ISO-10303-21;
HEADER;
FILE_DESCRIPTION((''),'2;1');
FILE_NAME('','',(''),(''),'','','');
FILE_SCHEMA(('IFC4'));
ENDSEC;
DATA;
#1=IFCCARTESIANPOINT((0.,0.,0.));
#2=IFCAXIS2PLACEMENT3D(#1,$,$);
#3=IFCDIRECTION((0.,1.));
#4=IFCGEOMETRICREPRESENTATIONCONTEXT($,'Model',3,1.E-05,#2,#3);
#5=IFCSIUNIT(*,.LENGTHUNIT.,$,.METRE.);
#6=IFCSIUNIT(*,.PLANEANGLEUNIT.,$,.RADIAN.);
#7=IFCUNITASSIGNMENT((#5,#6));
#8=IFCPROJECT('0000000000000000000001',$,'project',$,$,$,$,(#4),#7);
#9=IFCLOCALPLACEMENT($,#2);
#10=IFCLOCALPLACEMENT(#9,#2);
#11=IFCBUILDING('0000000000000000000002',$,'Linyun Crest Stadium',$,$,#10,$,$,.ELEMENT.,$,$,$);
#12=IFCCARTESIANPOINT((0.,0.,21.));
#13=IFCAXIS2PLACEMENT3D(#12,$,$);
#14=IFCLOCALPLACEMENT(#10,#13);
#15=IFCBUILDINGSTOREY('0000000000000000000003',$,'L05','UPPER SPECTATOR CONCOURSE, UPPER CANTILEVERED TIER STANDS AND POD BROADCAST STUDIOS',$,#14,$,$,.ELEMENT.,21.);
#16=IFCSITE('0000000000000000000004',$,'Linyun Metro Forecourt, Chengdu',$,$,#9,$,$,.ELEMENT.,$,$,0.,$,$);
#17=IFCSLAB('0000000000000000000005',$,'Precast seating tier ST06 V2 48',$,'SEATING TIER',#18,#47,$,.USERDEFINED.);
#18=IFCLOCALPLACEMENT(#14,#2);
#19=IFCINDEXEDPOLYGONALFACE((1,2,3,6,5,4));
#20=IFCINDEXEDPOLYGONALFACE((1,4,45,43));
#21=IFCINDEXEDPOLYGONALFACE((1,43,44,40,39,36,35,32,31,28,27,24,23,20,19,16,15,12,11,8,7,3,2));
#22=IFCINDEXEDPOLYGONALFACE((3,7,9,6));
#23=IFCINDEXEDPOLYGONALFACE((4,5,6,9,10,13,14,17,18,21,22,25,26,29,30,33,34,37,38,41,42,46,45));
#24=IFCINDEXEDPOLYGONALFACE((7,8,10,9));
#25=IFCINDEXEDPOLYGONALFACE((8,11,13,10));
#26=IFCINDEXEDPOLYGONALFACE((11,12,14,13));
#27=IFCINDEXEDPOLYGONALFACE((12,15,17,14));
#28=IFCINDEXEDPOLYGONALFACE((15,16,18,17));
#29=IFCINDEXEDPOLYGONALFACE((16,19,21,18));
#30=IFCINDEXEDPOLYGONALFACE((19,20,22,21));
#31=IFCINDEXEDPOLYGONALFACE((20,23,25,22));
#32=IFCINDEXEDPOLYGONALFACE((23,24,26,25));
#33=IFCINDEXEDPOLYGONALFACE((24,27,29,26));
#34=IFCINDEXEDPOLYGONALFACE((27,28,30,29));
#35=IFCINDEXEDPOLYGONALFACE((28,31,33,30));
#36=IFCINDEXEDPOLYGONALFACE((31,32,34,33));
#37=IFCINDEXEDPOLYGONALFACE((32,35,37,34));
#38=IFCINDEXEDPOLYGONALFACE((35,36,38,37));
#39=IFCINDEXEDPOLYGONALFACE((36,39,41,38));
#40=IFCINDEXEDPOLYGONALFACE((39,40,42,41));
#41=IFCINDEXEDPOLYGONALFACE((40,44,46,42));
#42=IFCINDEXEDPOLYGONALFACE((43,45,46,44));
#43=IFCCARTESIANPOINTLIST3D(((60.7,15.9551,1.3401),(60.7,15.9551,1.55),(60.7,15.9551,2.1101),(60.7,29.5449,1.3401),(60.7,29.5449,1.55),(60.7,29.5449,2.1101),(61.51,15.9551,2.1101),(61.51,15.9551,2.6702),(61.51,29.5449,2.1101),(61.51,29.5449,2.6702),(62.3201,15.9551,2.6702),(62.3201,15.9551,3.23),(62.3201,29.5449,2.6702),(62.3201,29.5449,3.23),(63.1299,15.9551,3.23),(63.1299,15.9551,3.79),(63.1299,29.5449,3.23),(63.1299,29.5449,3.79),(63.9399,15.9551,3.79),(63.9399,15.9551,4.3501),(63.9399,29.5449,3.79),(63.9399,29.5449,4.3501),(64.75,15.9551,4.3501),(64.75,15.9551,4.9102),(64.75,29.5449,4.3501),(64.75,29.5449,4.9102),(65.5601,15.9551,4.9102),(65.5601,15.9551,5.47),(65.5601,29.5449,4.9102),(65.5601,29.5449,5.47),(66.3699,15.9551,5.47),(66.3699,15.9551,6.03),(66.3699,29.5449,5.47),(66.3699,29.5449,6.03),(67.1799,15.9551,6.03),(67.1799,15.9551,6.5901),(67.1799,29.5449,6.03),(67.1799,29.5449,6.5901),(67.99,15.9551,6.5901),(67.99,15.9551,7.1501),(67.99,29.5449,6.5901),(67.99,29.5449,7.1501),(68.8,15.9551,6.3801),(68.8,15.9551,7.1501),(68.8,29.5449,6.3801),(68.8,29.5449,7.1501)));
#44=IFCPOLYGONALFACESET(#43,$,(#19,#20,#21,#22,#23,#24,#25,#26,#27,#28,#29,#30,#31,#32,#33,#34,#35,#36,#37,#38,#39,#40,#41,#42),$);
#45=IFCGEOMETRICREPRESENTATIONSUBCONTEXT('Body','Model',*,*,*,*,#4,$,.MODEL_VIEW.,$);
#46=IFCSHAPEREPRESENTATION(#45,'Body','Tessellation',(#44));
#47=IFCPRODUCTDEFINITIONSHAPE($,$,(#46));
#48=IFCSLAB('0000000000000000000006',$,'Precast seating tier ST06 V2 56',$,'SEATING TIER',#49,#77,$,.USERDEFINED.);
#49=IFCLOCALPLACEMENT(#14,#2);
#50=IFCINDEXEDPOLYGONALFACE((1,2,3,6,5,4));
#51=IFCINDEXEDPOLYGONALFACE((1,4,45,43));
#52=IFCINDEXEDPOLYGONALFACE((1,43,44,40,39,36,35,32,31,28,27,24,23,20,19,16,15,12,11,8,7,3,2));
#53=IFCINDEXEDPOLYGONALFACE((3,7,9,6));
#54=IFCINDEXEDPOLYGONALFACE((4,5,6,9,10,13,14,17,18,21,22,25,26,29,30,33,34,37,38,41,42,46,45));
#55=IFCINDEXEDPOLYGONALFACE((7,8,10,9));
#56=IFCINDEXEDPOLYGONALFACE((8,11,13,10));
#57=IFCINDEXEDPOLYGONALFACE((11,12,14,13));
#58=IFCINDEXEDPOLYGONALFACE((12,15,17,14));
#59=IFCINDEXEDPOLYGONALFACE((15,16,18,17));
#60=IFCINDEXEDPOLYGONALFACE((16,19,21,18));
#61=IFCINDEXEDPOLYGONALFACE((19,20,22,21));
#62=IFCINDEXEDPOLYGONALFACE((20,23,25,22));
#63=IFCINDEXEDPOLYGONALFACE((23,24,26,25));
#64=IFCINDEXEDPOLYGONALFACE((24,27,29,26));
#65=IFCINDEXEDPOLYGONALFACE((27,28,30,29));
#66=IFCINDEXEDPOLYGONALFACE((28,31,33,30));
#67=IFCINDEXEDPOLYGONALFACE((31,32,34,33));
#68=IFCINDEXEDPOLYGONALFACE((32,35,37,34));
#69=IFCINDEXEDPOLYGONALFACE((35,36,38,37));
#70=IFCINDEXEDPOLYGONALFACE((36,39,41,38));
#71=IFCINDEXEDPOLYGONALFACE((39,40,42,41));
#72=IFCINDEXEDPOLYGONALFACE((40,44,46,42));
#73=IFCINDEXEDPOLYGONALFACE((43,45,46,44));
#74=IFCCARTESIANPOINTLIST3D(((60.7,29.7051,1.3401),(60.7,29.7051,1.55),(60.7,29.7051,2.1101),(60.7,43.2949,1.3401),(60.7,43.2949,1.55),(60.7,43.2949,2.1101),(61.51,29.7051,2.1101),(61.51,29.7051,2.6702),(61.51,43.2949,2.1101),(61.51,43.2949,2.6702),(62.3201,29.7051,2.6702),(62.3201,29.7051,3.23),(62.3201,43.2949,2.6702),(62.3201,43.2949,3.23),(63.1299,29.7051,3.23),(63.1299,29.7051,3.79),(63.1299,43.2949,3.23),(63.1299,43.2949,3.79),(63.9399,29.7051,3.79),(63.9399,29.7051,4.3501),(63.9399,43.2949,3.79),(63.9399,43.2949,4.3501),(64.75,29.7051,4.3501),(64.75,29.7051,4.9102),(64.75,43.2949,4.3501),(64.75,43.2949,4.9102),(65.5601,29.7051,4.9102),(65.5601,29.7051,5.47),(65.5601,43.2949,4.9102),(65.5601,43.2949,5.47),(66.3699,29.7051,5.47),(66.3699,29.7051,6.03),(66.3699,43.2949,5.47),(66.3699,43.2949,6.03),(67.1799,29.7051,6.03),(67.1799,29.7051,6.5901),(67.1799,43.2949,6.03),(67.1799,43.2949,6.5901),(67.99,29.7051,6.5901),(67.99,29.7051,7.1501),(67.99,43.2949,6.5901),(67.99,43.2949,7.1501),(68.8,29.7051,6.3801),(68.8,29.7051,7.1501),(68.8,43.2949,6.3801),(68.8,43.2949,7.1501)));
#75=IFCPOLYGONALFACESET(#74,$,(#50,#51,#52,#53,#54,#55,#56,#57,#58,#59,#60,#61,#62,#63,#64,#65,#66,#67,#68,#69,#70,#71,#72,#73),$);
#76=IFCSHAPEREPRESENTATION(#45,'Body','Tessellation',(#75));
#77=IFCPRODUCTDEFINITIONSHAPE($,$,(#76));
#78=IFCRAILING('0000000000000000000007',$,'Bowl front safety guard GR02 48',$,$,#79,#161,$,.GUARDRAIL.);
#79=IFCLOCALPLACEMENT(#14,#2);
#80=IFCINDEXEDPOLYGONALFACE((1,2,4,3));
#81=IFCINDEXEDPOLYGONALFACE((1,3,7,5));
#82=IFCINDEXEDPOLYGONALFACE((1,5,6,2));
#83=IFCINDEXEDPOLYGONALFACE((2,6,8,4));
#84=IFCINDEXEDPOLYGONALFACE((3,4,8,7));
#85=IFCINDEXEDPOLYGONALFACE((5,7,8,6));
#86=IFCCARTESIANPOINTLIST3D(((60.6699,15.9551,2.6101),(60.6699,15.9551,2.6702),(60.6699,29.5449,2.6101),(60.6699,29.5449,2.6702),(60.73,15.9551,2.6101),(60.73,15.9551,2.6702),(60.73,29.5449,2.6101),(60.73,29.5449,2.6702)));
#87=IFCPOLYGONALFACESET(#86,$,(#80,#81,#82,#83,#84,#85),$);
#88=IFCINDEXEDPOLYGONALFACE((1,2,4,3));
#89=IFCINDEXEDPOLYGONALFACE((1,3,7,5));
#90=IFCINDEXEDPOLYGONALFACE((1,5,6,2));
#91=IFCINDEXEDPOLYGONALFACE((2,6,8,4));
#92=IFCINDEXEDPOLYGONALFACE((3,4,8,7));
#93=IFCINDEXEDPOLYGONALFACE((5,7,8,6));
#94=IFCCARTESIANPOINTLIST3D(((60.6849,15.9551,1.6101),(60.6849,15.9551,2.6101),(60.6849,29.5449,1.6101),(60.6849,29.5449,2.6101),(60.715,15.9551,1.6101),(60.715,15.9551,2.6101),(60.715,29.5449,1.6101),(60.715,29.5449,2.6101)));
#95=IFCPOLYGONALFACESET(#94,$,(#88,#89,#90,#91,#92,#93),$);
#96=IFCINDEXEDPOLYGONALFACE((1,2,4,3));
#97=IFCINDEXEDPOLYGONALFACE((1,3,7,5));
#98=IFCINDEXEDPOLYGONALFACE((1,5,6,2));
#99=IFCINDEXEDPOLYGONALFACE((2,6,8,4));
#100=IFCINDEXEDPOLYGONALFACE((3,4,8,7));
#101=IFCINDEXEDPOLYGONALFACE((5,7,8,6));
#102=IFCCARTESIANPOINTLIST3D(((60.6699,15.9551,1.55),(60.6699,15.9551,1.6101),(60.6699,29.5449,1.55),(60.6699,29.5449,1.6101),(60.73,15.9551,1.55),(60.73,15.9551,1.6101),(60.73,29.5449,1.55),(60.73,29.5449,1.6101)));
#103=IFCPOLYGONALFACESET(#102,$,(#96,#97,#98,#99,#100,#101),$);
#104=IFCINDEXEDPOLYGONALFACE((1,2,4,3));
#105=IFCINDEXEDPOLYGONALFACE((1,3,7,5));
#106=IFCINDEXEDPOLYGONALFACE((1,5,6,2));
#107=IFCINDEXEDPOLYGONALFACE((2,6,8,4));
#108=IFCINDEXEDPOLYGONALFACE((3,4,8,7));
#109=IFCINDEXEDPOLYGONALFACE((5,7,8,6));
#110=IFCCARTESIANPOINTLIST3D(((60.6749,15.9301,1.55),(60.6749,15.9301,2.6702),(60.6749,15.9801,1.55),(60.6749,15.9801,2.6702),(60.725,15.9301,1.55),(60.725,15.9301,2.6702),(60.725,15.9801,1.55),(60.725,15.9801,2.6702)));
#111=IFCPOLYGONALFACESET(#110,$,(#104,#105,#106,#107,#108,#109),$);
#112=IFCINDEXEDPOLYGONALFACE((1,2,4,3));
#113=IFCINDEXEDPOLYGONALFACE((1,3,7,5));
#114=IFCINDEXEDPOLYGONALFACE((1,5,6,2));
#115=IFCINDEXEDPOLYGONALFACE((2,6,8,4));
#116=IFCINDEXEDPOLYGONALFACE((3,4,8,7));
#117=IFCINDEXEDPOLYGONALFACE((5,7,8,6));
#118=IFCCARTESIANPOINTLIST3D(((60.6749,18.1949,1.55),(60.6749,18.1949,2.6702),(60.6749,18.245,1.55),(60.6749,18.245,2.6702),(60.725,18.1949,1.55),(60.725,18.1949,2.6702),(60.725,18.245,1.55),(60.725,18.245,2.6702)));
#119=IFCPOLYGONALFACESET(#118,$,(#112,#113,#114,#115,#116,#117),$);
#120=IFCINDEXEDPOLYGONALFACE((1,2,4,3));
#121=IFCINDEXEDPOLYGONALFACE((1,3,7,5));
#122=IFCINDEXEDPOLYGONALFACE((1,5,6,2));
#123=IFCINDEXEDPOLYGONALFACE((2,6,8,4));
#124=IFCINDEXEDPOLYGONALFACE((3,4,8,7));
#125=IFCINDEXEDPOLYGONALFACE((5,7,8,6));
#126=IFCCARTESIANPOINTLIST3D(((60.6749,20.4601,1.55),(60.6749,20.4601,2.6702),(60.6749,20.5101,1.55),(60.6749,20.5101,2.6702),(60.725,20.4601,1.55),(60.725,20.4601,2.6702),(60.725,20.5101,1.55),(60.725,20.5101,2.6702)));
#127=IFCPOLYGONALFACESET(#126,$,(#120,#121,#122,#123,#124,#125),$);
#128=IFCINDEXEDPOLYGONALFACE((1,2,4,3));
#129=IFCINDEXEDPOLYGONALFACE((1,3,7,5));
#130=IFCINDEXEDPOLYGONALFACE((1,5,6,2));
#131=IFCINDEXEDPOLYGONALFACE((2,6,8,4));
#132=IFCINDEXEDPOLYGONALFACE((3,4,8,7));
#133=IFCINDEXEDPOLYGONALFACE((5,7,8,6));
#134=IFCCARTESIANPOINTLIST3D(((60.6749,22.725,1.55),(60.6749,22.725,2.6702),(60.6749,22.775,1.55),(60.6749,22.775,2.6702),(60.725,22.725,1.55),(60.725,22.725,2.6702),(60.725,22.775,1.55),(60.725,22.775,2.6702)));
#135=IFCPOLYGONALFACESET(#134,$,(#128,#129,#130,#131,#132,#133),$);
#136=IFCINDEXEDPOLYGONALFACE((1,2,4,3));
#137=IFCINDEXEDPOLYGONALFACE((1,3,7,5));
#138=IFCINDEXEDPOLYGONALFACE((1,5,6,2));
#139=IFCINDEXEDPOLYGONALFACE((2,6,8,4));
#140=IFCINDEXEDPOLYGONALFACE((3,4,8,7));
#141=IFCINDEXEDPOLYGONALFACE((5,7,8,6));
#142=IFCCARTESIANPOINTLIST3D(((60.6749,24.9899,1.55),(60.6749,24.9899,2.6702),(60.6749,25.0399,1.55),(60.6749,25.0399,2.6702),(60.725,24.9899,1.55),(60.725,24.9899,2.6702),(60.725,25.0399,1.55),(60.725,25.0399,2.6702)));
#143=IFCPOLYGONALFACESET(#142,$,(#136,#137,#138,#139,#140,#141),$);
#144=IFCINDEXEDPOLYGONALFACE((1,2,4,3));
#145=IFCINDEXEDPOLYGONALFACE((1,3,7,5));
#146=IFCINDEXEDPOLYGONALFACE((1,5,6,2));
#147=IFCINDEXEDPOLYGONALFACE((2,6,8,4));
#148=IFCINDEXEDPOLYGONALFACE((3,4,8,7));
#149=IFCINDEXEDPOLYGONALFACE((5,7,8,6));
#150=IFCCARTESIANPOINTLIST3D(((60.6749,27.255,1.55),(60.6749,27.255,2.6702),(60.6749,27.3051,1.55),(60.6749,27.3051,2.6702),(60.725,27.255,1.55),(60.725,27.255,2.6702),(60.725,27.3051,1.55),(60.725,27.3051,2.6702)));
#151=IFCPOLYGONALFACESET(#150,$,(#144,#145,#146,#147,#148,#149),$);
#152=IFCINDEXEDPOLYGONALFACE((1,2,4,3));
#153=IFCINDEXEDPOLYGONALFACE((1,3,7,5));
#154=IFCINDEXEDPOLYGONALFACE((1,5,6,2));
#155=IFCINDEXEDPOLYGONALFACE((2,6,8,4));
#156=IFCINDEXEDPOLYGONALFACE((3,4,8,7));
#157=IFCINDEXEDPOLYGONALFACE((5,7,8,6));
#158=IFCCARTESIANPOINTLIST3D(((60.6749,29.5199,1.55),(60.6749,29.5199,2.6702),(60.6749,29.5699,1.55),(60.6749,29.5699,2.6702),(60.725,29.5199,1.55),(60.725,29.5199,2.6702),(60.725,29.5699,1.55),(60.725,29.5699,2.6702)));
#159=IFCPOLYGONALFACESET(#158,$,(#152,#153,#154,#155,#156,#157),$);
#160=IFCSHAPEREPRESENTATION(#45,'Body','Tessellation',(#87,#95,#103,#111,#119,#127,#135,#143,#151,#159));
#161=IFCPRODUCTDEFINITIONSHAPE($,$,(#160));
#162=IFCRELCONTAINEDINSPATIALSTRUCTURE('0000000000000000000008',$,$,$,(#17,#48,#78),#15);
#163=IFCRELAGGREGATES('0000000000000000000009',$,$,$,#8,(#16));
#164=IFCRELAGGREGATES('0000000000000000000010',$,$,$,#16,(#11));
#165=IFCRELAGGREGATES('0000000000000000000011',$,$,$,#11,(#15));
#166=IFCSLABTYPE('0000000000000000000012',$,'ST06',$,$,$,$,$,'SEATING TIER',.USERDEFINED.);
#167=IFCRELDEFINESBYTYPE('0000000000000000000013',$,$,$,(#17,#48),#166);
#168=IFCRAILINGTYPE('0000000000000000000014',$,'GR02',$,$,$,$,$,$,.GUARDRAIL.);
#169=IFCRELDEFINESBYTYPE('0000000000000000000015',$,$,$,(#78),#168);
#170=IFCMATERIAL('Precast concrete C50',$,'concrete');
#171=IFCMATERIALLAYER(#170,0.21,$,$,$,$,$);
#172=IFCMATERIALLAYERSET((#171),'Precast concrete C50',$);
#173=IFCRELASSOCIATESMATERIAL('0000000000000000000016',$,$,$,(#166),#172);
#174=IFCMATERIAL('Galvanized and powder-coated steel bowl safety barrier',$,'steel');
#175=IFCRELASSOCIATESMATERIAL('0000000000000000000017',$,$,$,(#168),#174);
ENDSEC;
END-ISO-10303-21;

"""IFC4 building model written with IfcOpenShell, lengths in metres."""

from ifc_helpers import new_model, si_unit, direction, frame, origin, origin_2d, place, context, subcontext, project, spatial, polyline, rectangle, outline, extrude, material, layer, layer_set, type_object, element, save


model = new_model("IFC4")

# Units and contexts
model_context = context("Model", 3, precision=1e-05, world=origin(), true_north=direction((0.0, 1.0)))
body_context = subcontext(model_context, "Body", "Model", "MODEL_VIEW")
ifc_project = project(units=[si_unit("LENGTHUNIT", "METRE"), si_unit("PLANEANGLEUNIT", "RADIAN")], contexts=[model_context])

# Site, building, storey
site_placement = place(None, origin())
site = spatial("IfcSite", under=ifc_project, at=site_placement, Name="Linyun Metro Forecourt, Chengdu", CompositionType="ELEMENT", RefElevation=0.0)
building_placement = place(site_placement, origin())
building = spatial("IfcBuilding", under=site, at=building_placement, Name="Linyun Crest Stadium", CompositionType="ELEMENT")
storey_placement = place(building_placement, frame((0.0, 0.0, 21.0)))
storey = spatial("IfcBuildingStorey", under=building, at=storey_placement, Name="L05", Description="UPPER SPECTATOR CONCOURSE, UPPER CANTILEVERED TIER STANDS AND POD BROADCAST STUDIOS", CompositionType="ELEMENT", Elevation=21.0)

# Slabs
ifc_material_1 = material(Name="Precast concrete C50", Category="concrete")
ifc_layer_1 = layer(ifc_material_1, 0.21)
ifc_layer_set_1 = layer_set([ifc_layer_1], Name="Precast concrete C50")
slab_type = type_object("IfcSlabType", Name="ST06", ElementType="SEATING TIER", PredefinedType="USERDEFINED", material=ifc_layer_set_1)
for number, where, z_axis, x_axis, name in (
    (1, (60.7, 15.9551, 1.55), (0.0, 0.0, 1.0), (1.0, 0.0, 0.0), "Precast seating tier ST06 V2 48"),
    (2, (60.7, 29.7051, 1.55), (0.0, 0.0, 1.0), (1.0, 0.0, 0.0), "Precast seating tier ST06 V2 56"),
):
    element("IfcSlab", number, at=place(storey_placement, frame(where, z_axis=z_axis, x_axis=x_axis)), inside=storey, type_object=slab_type, Name=name, ObjectType="SEATING TIER", PredefinedType="USERDEFINED", context=body_context, shape_type="SweptSolid", body=[
        extrude(outline(polyline([(0.0, 0.0), (0.0, -0.5601), (0.8101, -0.5601), (0.8101, -1.1201), (1.6201, -1.1201), (1.6201, -1.6799), (2.4299, -1.6799), (2.4299, -2.24), (3.24, -2.24), (3.24, -2.8), (4.05, -2.8), (4.05, -3.3601), (4.8601, -3.3601), (4.8601, -3.9199), (5.6699, -3.9199), (5.6699, -4.48), (6.48, -4.48), (6.48, -5.04), (7.29, -5.04), (7.29, -5.6001), (8.1001, -5.6001), (8.1001, -4.8301), (0.0, 0.21), (0.0, 0.0)])), frame((0.0, 0.0, 0.0), z_axis=(0.0, 1.0, 0.0), x_axis=(1.0, 0.0, 0.0)), (0.0, 0.0, 1.0), 13.5898),
    ])

# Railing
ifc_material_2 = material(Name="Galvanized and powder-coated steel bowl safety barrier", Category="steel")
railing_type = type_object("IfcRailingType", Name="GR02", PredefinedType="GUARDRAIL", material=ifc_material_2)
for number, where, name in (
    (3, (60.7, 15.9551, 1.55), "Bowl front safety guard GR02 48"),
):
    element("IfcRailing", number, at=place(storey_placement, frame(where)), inside=storey, type_object=railing_type, Name=name, PredefinedType="GUARDRAIL", context=body_context, shape_type="SweptSolid", body=[
        extrude(rectangle(XDim=0.0601, YDim=0.0601, at=origin_2d()), frame((0.0, 0.0, 1.0901), z_axis=(0.0, 1.0, 0.0), x_axis=(-1.0, 0.0, 0.0)), (0.0, 0.0, 1.0), 13.5898),
        extrude(rectangle(XDim=0.03, YDim=1.0, at=origin_2d()), frame((0.0, 0.0, 0.5601), z_axis=(0.0, 1.0, 0.0), x_axis=(-1.0, 0.0, 0.0)), (0.0, 0.0, 1.0), 13.5898),
        extrude(rectangle(XDim=0.0601, YDim=0.0601, at=origin_2d()), frame((0.0, 0.0, 0.03), z_axis=(0.0, 1.0, 0.0), x_axis=(-1.0, 0.0, 0.0)), (0.0, 0.0, 1.0), 13.5898),
        extrude(rectangle(XDim=0.05, YDim=0.05, at=origin_2d()), origin(), (0.0, 0.0, 1.0), 1.1201),
        extrude(rectangle(XDim=0.05, YDim=0.05, at=origin_2d()), frame((0.0, 2.2649, 0.0)), (0.0, 0.0, 1.0), 1.1201),
        extrude(rectangle(XDim=0.05, YDim=0.05, at=origin_2d()), frame((0.0, 4.53, 0.0)), (0.0, 0.0, 1.0), 1.1201),
        extrude(rectangle(XDim=0.05, YDim=0.05, at=origin_2d()), frame((0.0, 6.7949, 0.0)), (0.0, 0.0, 1.0), 1.1201),
        extrude(rectangle(XDim=0.05, YDim=0.05, at=origin_2d()), frame((0.0, 9.0598, 0.0)), (0.0, 0.0, 1.0), 1.1201),
        extrude(rectangle(XDim=0.05, YDim=0.05, at=origin_2d()), frame((0.0, 11.325, 0.0)), (0.0, 0.0, 1.0), 1.1201),
        extrude(rectangle(XDim=0.05, YDim=0.05, at=origin_2d()), frame((0.0, 13.5898, 0.0)), (0.0, 0.0, 1.0), 1.1201),
    ])

save(model, "model.ifc")
